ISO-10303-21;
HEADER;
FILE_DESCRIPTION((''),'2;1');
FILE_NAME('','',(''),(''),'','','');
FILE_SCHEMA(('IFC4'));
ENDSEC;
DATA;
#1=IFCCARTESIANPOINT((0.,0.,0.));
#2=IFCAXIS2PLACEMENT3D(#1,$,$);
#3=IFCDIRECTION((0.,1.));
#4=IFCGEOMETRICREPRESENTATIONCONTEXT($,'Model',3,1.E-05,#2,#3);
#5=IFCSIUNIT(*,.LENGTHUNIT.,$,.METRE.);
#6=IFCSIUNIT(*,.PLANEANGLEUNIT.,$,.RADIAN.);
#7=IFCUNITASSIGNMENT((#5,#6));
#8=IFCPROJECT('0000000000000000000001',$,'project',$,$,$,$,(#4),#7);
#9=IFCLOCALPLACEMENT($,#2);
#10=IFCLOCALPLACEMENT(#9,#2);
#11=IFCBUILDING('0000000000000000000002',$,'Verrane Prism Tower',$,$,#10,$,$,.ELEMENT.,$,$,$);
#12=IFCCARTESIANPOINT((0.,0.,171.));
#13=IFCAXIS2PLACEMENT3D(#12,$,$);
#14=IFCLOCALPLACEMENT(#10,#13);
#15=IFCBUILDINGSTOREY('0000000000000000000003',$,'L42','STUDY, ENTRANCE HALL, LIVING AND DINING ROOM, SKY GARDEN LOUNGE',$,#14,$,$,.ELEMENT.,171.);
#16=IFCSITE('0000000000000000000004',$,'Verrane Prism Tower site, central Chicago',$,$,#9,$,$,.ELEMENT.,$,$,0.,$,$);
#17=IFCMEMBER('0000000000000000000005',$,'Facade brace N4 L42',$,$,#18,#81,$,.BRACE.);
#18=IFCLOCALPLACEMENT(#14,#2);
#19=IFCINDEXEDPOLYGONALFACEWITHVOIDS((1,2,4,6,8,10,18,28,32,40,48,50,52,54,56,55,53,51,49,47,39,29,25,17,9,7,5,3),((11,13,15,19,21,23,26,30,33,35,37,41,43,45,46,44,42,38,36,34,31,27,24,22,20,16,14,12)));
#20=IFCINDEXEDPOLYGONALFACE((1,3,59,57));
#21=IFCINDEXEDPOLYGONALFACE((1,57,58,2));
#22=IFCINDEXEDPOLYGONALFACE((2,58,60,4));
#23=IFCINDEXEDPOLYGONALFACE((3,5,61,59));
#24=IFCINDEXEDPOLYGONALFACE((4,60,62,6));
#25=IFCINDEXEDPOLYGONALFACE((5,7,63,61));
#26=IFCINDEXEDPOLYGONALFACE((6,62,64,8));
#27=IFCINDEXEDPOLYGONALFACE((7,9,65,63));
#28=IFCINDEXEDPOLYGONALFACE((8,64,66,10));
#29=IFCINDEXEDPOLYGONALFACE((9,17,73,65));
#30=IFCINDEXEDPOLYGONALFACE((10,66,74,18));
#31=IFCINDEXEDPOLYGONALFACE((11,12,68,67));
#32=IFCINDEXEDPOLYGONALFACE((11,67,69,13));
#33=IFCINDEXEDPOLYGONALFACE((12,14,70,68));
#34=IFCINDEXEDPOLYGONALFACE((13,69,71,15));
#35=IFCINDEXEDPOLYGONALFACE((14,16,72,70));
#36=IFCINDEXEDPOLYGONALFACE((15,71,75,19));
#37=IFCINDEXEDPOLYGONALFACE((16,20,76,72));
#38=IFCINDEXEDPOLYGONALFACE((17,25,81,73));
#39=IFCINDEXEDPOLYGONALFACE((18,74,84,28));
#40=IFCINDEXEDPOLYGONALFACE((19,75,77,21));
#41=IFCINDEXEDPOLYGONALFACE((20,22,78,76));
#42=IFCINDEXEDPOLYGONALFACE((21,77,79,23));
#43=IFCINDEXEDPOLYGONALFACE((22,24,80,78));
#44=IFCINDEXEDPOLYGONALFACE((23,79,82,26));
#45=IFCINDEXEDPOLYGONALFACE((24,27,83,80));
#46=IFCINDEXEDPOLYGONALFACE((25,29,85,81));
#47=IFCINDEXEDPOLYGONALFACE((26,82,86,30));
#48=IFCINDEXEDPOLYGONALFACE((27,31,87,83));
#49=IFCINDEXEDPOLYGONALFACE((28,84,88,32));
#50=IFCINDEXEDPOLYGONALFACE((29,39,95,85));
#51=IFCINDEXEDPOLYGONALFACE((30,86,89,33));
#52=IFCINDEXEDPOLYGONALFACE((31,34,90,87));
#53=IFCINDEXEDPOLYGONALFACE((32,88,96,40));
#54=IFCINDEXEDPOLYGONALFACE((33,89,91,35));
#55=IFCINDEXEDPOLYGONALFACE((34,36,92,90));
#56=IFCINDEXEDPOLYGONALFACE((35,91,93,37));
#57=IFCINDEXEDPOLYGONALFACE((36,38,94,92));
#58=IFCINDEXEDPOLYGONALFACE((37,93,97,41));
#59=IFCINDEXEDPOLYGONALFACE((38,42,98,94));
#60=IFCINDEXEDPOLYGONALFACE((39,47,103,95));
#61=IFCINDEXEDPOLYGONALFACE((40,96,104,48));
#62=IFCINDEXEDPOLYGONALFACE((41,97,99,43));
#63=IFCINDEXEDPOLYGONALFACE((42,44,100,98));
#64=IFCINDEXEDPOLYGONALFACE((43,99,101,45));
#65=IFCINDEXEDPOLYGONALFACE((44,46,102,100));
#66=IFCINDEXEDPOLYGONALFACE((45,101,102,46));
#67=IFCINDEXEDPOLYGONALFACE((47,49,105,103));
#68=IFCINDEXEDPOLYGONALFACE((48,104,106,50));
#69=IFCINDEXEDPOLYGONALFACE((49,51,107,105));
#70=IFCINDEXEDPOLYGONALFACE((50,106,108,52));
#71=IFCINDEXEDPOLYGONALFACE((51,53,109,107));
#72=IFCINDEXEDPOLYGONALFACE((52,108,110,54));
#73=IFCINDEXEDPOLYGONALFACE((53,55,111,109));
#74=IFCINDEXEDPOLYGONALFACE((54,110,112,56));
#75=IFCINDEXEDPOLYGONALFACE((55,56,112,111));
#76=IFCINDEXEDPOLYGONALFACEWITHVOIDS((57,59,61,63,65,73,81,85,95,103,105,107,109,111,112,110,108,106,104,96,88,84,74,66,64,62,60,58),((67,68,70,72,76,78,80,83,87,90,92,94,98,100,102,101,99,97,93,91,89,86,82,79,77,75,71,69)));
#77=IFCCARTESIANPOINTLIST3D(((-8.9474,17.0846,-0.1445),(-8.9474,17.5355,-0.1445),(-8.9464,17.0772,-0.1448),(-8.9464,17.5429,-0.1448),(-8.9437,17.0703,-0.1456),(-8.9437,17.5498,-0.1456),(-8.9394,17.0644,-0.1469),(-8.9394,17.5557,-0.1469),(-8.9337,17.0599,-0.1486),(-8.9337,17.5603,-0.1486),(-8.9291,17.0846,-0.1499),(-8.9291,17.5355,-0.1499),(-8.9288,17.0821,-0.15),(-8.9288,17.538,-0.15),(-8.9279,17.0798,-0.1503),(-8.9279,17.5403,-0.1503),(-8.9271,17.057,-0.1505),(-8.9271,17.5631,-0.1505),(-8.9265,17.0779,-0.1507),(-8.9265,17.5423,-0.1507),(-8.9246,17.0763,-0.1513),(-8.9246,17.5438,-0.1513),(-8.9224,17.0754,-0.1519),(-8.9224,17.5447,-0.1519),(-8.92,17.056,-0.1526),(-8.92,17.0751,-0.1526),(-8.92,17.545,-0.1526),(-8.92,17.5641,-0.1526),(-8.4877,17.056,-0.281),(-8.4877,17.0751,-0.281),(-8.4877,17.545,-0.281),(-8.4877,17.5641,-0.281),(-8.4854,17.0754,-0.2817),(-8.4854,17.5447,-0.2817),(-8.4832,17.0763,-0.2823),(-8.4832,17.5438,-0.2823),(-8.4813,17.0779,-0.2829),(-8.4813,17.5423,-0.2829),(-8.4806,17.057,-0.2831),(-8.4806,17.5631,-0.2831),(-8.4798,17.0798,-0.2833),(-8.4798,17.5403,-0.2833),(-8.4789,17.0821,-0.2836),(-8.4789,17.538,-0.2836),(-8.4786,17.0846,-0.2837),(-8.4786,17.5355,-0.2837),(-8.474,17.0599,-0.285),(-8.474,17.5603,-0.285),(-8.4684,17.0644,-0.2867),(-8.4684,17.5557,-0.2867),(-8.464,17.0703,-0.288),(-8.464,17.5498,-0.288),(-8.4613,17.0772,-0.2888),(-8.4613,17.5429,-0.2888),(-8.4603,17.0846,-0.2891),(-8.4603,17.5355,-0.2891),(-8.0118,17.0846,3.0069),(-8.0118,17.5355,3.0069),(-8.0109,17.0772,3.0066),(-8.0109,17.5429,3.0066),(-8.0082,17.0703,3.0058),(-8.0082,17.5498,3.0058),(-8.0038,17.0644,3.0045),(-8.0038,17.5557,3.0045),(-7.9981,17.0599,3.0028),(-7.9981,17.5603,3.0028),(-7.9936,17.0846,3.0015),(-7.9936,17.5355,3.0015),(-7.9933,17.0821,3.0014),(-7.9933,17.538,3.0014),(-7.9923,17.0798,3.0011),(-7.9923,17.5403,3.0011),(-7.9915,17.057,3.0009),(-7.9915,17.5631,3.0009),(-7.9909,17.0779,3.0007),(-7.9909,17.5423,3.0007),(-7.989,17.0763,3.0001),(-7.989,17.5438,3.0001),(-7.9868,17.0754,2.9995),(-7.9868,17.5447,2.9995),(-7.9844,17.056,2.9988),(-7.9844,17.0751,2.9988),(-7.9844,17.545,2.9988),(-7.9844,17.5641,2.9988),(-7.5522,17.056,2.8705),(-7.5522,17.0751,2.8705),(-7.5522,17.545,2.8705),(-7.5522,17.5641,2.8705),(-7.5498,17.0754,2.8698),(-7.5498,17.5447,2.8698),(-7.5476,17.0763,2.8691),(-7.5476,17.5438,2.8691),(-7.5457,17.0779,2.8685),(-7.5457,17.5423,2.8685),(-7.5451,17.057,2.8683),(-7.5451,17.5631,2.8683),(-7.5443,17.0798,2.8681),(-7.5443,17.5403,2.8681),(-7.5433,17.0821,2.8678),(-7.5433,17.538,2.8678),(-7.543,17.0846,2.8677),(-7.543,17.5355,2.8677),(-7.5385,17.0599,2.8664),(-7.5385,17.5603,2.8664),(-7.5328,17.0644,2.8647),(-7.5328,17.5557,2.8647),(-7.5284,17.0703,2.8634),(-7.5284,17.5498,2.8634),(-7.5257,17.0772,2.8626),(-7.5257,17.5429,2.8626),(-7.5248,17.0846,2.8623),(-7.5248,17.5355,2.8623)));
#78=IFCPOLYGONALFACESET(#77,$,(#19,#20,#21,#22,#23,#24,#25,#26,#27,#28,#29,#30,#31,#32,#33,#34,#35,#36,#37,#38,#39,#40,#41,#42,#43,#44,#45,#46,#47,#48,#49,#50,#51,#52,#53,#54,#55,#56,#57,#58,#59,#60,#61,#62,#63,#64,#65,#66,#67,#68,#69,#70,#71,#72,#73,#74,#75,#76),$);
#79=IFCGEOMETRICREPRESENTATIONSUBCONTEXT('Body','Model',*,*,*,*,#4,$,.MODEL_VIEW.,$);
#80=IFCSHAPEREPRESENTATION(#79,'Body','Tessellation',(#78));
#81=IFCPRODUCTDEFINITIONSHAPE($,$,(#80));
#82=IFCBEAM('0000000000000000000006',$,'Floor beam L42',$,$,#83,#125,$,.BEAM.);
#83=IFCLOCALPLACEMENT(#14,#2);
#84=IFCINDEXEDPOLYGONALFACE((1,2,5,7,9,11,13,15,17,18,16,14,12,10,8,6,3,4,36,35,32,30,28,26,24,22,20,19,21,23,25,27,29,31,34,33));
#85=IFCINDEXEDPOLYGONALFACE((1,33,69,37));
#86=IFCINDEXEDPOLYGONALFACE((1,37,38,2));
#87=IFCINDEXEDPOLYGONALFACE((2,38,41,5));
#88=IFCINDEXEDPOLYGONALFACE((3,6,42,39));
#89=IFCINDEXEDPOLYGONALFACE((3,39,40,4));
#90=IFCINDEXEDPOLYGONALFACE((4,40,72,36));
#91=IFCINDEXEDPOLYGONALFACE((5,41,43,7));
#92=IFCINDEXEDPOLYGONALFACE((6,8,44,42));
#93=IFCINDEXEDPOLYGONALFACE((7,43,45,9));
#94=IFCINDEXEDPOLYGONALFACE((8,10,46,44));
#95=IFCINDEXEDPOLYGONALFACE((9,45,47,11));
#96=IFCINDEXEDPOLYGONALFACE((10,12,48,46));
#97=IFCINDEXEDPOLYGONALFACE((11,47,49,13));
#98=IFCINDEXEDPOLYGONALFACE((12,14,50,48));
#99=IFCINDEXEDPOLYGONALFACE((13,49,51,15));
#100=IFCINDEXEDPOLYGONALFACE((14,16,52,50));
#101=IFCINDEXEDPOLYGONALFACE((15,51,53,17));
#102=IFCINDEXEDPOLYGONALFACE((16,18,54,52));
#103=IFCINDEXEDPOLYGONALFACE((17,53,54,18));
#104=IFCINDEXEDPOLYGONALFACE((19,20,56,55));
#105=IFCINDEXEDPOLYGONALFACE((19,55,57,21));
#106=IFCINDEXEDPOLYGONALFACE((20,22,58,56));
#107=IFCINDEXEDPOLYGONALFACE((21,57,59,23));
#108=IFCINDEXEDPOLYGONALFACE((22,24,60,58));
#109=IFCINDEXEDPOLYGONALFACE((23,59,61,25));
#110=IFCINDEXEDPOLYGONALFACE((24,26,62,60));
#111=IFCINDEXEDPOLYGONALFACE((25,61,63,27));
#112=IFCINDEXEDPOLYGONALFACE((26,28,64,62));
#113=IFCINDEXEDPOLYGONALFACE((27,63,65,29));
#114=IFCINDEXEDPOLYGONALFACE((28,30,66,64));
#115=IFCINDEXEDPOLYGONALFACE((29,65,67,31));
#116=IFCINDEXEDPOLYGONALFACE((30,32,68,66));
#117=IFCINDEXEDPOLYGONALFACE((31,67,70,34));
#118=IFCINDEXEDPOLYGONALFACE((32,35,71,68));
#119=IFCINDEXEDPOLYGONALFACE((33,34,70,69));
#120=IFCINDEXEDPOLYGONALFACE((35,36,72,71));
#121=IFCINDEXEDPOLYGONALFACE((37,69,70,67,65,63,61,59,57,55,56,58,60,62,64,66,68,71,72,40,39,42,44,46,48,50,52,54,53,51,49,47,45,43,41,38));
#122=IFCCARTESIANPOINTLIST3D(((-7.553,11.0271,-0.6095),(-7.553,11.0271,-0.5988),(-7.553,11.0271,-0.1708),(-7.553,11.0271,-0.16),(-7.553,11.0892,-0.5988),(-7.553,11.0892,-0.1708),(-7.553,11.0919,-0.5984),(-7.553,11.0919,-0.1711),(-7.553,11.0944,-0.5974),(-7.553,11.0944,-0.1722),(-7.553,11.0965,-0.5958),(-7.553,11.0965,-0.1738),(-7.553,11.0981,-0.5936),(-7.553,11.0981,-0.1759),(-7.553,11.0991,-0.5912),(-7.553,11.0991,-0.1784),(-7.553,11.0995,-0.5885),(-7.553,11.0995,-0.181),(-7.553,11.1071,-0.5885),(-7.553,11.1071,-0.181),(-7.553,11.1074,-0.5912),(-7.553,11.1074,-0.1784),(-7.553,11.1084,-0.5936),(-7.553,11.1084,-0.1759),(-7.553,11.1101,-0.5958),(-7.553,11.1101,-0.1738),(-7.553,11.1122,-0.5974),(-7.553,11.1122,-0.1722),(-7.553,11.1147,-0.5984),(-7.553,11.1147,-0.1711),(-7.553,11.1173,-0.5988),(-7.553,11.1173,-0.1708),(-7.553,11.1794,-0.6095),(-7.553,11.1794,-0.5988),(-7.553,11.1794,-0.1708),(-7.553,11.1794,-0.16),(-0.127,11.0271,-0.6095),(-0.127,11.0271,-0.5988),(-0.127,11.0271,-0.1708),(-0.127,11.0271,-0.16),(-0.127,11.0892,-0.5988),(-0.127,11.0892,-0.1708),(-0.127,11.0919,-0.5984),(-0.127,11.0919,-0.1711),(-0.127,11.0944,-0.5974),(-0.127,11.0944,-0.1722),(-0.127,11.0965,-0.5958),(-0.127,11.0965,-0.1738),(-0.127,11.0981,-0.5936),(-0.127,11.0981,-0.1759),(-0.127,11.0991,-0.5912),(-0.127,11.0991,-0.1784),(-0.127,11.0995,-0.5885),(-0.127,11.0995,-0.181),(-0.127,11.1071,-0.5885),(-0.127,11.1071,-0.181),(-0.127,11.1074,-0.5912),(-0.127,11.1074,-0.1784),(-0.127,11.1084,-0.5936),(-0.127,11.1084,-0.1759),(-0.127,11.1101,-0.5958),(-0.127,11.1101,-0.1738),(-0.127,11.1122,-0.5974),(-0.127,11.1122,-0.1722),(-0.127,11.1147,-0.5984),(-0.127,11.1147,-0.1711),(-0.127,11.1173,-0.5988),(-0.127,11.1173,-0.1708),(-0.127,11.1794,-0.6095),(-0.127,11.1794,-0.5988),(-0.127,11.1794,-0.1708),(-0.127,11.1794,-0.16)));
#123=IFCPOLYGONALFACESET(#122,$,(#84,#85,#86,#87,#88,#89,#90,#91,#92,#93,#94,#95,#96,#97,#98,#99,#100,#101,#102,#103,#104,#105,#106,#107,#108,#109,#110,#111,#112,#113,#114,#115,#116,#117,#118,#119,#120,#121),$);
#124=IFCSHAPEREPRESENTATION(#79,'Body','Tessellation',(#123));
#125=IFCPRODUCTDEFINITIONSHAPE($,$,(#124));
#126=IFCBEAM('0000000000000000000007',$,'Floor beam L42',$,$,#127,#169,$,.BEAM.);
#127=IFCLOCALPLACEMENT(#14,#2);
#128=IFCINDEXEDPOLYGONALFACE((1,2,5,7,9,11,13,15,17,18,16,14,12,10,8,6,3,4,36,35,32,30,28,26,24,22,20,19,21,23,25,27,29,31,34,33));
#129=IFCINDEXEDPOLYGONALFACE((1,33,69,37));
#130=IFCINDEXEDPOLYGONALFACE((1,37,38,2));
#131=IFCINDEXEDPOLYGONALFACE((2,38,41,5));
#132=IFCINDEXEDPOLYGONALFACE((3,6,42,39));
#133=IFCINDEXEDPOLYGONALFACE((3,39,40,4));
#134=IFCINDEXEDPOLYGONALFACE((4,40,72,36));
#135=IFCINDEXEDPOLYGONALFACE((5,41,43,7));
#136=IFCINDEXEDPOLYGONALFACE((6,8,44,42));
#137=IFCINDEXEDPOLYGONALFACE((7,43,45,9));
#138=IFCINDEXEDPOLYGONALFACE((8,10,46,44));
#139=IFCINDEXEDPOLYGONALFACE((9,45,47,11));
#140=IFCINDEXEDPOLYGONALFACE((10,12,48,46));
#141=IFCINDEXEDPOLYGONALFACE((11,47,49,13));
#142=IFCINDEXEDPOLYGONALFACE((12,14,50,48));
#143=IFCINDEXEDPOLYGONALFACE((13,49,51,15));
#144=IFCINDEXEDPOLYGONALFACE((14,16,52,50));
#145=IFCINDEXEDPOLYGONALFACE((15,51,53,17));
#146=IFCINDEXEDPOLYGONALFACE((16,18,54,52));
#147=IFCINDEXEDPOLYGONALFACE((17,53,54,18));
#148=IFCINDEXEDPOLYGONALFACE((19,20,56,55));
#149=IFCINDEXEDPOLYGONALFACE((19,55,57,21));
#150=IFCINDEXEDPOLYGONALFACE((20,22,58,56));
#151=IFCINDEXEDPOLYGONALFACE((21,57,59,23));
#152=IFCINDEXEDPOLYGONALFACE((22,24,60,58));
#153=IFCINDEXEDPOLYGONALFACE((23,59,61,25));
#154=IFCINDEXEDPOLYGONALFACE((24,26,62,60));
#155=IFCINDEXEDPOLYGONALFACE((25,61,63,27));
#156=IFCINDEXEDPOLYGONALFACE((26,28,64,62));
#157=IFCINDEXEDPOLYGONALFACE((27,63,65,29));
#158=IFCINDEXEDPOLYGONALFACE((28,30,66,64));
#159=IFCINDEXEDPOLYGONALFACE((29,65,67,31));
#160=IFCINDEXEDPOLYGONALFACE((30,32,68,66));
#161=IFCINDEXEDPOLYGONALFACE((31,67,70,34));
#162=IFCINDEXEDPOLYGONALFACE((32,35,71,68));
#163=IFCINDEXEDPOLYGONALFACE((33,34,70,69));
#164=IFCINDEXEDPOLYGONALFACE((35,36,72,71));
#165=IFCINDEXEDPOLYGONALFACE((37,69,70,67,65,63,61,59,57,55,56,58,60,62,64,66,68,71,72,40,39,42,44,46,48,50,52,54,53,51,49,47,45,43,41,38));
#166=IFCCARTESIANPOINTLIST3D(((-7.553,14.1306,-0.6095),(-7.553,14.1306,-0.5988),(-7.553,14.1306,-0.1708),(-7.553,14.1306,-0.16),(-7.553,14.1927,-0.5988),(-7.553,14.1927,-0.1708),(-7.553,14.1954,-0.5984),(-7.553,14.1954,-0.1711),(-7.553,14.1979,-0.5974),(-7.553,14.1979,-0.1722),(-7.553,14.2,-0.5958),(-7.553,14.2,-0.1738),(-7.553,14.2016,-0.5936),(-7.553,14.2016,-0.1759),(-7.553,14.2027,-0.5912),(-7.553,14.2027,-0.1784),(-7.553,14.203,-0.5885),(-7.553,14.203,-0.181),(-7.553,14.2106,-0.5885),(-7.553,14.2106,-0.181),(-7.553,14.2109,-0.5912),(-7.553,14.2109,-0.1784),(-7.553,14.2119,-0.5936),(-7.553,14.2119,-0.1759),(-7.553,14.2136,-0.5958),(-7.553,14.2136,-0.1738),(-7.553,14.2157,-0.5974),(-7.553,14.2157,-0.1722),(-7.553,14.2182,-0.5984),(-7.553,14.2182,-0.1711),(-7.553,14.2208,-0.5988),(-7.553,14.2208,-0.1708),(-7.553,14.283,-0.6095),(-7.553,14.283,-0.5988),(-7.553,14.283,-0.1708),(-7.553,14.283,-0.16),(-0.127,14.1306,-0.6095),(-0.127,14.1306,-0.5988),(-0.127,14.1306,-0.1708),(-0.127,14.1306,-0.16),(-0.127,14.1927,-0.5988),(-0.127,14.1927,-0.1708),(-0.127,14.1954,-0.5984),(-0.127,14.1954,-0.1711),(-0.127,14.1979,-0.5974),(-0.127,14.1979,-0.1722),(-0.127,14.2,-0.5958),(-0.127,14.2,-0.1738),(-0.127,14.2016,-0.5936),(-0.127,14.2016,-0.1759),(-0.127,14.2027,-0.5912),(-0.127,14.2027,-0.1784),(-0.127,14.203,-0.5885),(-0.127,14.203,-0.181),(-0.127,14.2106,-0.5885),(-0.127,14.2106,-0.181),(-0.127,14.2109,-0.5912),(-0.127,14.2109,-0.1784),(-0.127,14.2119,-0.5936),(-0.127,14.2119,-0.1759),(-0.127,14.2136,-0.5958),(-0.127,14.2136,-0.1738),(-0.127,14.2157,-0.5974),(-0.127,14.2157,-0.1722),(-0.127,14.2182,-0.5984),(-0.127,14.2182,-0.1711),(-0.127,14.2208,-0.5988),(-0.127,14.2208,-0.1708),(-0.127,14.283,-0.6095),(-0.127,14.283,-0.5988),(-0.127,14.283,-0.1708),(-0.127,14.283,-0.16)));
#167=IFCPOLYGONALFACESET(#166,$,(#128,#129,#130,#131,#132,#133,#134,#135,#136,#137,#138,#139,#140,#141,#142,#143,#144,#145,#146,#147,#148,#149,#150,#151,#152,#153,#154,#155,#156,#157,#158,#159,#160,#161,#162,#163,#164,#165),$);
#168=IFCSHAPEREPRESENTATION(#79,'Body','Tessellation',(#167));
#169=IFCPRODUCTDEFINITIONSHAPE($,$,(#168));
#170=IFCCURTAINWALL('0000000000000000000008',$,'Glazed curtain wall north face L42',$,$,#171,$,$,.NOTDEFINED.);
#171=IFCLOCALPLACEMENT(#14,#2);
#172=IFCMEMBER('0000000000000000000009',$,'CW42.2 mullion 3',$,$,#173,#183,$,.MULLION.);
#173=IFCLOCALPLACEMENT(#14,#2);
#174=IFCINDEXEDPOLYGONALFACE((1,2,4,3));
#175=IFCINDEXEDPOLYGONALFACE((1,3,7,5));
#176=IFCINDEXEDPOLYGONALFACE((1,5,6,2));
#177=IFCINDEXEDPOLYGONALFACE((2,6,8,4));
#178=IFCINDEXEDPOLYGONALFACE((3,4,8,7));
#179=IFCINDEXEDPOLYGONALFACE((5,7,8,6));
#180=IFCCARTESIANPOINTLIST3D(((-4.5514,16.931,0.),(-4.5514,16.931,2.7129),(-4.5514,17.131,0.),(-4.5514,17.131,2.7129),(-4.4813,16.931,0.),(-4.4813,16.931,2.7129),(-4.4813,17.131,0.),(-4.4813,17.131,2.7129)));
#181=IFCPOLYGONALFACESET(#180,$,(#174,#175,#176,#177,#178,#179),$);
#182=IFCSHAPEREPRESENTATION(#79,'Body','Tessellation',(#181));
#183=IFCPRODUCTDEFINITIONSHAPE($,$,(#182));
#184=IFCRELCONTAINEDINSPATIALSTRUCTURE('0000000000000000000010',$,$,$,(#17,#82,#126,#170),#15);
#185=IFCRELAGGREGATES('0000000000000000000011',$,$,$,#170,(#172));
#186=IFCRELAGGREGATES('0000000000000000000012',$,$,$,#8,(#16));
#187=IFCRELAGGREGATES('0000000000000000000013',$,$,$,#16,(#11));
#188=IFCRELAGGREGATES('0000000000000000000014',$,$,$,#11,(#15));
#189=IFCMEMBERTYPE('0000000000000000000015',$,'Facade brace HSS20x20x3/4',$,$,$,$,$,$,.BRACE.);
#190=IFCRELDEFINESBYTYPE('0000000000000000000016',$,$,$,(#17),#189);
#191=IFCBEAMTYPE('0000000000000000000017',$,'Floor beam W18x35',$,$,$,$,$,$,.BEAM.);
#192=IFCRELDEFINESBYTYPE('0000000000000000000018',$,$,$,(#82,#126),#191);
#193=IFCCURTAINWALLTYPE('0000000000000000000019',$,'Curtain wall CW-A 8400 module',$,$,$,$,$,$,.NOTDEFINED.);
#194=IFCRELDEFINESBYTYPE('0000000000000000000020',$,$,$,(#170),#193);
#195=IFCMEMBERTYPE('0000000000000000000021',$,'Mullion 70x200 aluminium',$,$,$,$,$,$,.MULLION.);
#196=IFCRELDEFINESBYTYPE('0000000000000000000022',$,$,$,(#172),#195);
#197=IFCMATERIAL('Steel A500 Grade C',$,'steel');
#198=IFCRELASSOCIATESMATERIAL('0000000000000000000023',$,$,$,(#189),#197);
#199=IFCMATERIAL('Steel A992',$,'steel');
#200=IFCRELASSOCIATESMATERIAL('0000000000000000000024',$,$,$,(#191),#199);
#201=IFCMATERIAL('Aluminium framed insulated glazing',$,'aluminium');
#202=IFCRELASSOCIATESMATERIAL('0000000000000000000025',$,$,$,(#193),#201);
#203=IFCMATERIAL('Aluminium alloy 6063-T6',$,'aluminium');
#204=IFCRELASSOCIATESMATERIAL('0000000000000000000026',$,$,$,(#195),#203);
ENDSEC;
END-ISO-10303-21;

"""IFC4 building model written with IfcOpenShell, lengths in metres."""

from ifc_helpers import new_model, si_unit, direction, frame, origin, origin_2d, place, context, subcontext, project, spatial, rectangle, hollow_rectangle, i_section, extrude, material, material_profile, profile_set, type_object, element, aggregate, save


model = new_model("IFC4")

# Units and contexts
model_context = context("Model", 3, precision=1e-05, world=origin(), true_north=direction((0.0, 1.0)))
body_context = subcontext(model_context, "Body", "Model", "MODEL_VIEW")
ifc_project = project(units=[si_unit("LENGTHUNIT", "METRE"), si_unit("PLANEANGLEUNIT", "RADIAN")], contexts=[model_context])

# Site, building, storey
site_placement = place(None, origin())
site = spatial("IfcSite", under=ifc_project, at=site_placement, Name="Verrane Prism Tower site, central Chicago", CompositionType="ELEMENT", RefElevation=0.0)
building_placement = place(site_placement, origin())
building = spatial("IfcBuilding", under=site, at=building_placement, Name="Verrane Prism Tower", CompositionType="ELEMENT")
storey_placement = place(building_placement, frame((0.0, 0.0, 171.0)))
storey = spatial("IfcBuildingStorey", under=building, at=storey_placement, Name="L42", Description="STUDY, ENTRANCE HALL, LIVING AND DINING ROOM, SKY GARDEN LOUNGE", CompositionType="ELEMENT", Elevation=171.0)

# Member
ifc_material_1 = material(Name="Steel A500 Grade C", Category="steel")
ifc_material_profile_1 = material_profile(ifc_material_1, hollow_rectangle(XDim=0.5081, YDim=0.5081, WallThickness=0.019, InnerFilletRadius=0.0095, OuterFilletRadius=0.0286, at=origin_2d()), Name="HSS20x20x3/4")
ifc_profile_set_1 = profile_set([ifc_material_profile_1], Name="Steel A500 Grade C")
member_type_1 = type_object("IfcMemberType", Name="Facade brace HSS20x20x3/4", PredefinedType="BRACE", material=ifc_profile_set_1)
member_1_placement = place(storey_placement, frame((-8.7039, 17.3101, -0.2168), z_axis=(0.284594, 0.0, 0.958648), x_axis=(0.0, 1.0, 0.0)))
element("IfcMember", 1, at=member_1_placement, inside=storey, type_object=member_type_1, Name="Facade brace N4 L42", PredefinedType="BRACE", context=body_context, shape_type="SweptSolid", body=[
    extrude(hollow_rectangle(XDim=0.5081, YDim=0.5081, WallThickness=0.019, InnerFilletRadius=0.0095, OuterFilletRadius=0.0286, at=origin_2d()), origin(), (0.0, 0.0, 1.0), 3.2874),
])

# Beams
ifc_material_2 = material(Name="Steel A992", Category="steel")
ifc_material_profile_2 = material_profile(ifc_material_2, i_section(OverallWidth=0.1523, OverallDepth=0.4495, WebThickness=0.0076, FlangeThickness=0.0107, FilletRadius=0.0103, at=origin_2d()), Name="W18x35")
ifc_profile_set_2 = profile_set([ifc_material_profile_2], Name="Steel A992")
beam_type_1 = type_object("IfcBeamType", Name="Floor beam W18x35", PredefinedType="BEAM", material=ifc_profile_set_2)
for number, where, z_axis, x_axis, name in (
    (2, (-7.553, 11.1033, -0.3848), (1.0, 0.0, 0.0), (0.0, 1.0, 0.0), "Floor beam L42"),
    (3, (-7.553, 14.2068, -0.3848), (1.0, 0.0, 0.0), (0.0, 1.0, 0.0), "Floor beam L42"),
):
    element("IfcBeam", number, at=place(storey_placement, frame(where, z_axis=z_axis, x_axis=x_axis)), inside=storey, type_object=beam_type_1, Name=name, PredefinedType="BEAM", context=body_context, shape_type="SweptSolid", body=[
        extrude(i_section(OverallWidth=0.1523, OverallDepth=0.4495, WebThickness=0.0076, FlangeThickness=0.0107, FilletRadius=0.0103, at=origin_2d()), origin(), (0.0, 0.0, 1.0), 7.426),
    ])

# Curtain wall, member
ifc_material_3 = material(Name="Aluminium framed insulated glazing", Category="aluminium")
curtain_wall_type = type_object("IfcCurtainWallType", Name="Curtain wall CW-A 8400 module", PredefinedType="NOTDEFINED", material=ifc_material_3)
curtain_wall_placement = place(storey_placement, origin())
curtain_wall = element("IfcCurtainWall", 4, at=curtain_wall_placement, inside=storey, type_object=curtain_wall_type, Name="Glazed curtain wall north face L42", PredefinedType="NOTDEFINED")
ifc_material_4 = material(Name="Aluminium alloy 6063-T6", Category="aluminium")
ifc_material_profile_3 = material_profile(ifc_material_4, rectangle(XDim=0.2, YDim=0.0701, at=origin_2d()), Name="Mullion 70x200 aluminium")
ifc_profile_set_3 = profile_set([ifc_material_profile_3], Name="Aluminium alloy 6063-T6")
member_type_2 = type_object("IfcMemberType", Name="Mullion 70x200 aluminium", PredefinedType="MULLION", material=ifc_profile_set_3)
member_2_placement = place(storey_placement, frame((-4.5164, 17.031, 0.0), z_axis=(0.0, 0.0, 1.0), x_axis=(0.0, -1.0, 0.0)))
member_2 = element("IfcMember", 5, at=member_2_placement, type_object=member_type_2, Name="CW42.2 mullion 3", PredefinedType="MULLION", context=body_context, shape_type="SweptSolid", body=[
    extrude(rectangle(XDim=0.2, YDim=0.0701, at=origin_2d()), origin(), (0.0, 0.0, 1.0), 2.7129),
])

aggregate(curtain_wall, [member_2])

save(model, "model.ifc")
